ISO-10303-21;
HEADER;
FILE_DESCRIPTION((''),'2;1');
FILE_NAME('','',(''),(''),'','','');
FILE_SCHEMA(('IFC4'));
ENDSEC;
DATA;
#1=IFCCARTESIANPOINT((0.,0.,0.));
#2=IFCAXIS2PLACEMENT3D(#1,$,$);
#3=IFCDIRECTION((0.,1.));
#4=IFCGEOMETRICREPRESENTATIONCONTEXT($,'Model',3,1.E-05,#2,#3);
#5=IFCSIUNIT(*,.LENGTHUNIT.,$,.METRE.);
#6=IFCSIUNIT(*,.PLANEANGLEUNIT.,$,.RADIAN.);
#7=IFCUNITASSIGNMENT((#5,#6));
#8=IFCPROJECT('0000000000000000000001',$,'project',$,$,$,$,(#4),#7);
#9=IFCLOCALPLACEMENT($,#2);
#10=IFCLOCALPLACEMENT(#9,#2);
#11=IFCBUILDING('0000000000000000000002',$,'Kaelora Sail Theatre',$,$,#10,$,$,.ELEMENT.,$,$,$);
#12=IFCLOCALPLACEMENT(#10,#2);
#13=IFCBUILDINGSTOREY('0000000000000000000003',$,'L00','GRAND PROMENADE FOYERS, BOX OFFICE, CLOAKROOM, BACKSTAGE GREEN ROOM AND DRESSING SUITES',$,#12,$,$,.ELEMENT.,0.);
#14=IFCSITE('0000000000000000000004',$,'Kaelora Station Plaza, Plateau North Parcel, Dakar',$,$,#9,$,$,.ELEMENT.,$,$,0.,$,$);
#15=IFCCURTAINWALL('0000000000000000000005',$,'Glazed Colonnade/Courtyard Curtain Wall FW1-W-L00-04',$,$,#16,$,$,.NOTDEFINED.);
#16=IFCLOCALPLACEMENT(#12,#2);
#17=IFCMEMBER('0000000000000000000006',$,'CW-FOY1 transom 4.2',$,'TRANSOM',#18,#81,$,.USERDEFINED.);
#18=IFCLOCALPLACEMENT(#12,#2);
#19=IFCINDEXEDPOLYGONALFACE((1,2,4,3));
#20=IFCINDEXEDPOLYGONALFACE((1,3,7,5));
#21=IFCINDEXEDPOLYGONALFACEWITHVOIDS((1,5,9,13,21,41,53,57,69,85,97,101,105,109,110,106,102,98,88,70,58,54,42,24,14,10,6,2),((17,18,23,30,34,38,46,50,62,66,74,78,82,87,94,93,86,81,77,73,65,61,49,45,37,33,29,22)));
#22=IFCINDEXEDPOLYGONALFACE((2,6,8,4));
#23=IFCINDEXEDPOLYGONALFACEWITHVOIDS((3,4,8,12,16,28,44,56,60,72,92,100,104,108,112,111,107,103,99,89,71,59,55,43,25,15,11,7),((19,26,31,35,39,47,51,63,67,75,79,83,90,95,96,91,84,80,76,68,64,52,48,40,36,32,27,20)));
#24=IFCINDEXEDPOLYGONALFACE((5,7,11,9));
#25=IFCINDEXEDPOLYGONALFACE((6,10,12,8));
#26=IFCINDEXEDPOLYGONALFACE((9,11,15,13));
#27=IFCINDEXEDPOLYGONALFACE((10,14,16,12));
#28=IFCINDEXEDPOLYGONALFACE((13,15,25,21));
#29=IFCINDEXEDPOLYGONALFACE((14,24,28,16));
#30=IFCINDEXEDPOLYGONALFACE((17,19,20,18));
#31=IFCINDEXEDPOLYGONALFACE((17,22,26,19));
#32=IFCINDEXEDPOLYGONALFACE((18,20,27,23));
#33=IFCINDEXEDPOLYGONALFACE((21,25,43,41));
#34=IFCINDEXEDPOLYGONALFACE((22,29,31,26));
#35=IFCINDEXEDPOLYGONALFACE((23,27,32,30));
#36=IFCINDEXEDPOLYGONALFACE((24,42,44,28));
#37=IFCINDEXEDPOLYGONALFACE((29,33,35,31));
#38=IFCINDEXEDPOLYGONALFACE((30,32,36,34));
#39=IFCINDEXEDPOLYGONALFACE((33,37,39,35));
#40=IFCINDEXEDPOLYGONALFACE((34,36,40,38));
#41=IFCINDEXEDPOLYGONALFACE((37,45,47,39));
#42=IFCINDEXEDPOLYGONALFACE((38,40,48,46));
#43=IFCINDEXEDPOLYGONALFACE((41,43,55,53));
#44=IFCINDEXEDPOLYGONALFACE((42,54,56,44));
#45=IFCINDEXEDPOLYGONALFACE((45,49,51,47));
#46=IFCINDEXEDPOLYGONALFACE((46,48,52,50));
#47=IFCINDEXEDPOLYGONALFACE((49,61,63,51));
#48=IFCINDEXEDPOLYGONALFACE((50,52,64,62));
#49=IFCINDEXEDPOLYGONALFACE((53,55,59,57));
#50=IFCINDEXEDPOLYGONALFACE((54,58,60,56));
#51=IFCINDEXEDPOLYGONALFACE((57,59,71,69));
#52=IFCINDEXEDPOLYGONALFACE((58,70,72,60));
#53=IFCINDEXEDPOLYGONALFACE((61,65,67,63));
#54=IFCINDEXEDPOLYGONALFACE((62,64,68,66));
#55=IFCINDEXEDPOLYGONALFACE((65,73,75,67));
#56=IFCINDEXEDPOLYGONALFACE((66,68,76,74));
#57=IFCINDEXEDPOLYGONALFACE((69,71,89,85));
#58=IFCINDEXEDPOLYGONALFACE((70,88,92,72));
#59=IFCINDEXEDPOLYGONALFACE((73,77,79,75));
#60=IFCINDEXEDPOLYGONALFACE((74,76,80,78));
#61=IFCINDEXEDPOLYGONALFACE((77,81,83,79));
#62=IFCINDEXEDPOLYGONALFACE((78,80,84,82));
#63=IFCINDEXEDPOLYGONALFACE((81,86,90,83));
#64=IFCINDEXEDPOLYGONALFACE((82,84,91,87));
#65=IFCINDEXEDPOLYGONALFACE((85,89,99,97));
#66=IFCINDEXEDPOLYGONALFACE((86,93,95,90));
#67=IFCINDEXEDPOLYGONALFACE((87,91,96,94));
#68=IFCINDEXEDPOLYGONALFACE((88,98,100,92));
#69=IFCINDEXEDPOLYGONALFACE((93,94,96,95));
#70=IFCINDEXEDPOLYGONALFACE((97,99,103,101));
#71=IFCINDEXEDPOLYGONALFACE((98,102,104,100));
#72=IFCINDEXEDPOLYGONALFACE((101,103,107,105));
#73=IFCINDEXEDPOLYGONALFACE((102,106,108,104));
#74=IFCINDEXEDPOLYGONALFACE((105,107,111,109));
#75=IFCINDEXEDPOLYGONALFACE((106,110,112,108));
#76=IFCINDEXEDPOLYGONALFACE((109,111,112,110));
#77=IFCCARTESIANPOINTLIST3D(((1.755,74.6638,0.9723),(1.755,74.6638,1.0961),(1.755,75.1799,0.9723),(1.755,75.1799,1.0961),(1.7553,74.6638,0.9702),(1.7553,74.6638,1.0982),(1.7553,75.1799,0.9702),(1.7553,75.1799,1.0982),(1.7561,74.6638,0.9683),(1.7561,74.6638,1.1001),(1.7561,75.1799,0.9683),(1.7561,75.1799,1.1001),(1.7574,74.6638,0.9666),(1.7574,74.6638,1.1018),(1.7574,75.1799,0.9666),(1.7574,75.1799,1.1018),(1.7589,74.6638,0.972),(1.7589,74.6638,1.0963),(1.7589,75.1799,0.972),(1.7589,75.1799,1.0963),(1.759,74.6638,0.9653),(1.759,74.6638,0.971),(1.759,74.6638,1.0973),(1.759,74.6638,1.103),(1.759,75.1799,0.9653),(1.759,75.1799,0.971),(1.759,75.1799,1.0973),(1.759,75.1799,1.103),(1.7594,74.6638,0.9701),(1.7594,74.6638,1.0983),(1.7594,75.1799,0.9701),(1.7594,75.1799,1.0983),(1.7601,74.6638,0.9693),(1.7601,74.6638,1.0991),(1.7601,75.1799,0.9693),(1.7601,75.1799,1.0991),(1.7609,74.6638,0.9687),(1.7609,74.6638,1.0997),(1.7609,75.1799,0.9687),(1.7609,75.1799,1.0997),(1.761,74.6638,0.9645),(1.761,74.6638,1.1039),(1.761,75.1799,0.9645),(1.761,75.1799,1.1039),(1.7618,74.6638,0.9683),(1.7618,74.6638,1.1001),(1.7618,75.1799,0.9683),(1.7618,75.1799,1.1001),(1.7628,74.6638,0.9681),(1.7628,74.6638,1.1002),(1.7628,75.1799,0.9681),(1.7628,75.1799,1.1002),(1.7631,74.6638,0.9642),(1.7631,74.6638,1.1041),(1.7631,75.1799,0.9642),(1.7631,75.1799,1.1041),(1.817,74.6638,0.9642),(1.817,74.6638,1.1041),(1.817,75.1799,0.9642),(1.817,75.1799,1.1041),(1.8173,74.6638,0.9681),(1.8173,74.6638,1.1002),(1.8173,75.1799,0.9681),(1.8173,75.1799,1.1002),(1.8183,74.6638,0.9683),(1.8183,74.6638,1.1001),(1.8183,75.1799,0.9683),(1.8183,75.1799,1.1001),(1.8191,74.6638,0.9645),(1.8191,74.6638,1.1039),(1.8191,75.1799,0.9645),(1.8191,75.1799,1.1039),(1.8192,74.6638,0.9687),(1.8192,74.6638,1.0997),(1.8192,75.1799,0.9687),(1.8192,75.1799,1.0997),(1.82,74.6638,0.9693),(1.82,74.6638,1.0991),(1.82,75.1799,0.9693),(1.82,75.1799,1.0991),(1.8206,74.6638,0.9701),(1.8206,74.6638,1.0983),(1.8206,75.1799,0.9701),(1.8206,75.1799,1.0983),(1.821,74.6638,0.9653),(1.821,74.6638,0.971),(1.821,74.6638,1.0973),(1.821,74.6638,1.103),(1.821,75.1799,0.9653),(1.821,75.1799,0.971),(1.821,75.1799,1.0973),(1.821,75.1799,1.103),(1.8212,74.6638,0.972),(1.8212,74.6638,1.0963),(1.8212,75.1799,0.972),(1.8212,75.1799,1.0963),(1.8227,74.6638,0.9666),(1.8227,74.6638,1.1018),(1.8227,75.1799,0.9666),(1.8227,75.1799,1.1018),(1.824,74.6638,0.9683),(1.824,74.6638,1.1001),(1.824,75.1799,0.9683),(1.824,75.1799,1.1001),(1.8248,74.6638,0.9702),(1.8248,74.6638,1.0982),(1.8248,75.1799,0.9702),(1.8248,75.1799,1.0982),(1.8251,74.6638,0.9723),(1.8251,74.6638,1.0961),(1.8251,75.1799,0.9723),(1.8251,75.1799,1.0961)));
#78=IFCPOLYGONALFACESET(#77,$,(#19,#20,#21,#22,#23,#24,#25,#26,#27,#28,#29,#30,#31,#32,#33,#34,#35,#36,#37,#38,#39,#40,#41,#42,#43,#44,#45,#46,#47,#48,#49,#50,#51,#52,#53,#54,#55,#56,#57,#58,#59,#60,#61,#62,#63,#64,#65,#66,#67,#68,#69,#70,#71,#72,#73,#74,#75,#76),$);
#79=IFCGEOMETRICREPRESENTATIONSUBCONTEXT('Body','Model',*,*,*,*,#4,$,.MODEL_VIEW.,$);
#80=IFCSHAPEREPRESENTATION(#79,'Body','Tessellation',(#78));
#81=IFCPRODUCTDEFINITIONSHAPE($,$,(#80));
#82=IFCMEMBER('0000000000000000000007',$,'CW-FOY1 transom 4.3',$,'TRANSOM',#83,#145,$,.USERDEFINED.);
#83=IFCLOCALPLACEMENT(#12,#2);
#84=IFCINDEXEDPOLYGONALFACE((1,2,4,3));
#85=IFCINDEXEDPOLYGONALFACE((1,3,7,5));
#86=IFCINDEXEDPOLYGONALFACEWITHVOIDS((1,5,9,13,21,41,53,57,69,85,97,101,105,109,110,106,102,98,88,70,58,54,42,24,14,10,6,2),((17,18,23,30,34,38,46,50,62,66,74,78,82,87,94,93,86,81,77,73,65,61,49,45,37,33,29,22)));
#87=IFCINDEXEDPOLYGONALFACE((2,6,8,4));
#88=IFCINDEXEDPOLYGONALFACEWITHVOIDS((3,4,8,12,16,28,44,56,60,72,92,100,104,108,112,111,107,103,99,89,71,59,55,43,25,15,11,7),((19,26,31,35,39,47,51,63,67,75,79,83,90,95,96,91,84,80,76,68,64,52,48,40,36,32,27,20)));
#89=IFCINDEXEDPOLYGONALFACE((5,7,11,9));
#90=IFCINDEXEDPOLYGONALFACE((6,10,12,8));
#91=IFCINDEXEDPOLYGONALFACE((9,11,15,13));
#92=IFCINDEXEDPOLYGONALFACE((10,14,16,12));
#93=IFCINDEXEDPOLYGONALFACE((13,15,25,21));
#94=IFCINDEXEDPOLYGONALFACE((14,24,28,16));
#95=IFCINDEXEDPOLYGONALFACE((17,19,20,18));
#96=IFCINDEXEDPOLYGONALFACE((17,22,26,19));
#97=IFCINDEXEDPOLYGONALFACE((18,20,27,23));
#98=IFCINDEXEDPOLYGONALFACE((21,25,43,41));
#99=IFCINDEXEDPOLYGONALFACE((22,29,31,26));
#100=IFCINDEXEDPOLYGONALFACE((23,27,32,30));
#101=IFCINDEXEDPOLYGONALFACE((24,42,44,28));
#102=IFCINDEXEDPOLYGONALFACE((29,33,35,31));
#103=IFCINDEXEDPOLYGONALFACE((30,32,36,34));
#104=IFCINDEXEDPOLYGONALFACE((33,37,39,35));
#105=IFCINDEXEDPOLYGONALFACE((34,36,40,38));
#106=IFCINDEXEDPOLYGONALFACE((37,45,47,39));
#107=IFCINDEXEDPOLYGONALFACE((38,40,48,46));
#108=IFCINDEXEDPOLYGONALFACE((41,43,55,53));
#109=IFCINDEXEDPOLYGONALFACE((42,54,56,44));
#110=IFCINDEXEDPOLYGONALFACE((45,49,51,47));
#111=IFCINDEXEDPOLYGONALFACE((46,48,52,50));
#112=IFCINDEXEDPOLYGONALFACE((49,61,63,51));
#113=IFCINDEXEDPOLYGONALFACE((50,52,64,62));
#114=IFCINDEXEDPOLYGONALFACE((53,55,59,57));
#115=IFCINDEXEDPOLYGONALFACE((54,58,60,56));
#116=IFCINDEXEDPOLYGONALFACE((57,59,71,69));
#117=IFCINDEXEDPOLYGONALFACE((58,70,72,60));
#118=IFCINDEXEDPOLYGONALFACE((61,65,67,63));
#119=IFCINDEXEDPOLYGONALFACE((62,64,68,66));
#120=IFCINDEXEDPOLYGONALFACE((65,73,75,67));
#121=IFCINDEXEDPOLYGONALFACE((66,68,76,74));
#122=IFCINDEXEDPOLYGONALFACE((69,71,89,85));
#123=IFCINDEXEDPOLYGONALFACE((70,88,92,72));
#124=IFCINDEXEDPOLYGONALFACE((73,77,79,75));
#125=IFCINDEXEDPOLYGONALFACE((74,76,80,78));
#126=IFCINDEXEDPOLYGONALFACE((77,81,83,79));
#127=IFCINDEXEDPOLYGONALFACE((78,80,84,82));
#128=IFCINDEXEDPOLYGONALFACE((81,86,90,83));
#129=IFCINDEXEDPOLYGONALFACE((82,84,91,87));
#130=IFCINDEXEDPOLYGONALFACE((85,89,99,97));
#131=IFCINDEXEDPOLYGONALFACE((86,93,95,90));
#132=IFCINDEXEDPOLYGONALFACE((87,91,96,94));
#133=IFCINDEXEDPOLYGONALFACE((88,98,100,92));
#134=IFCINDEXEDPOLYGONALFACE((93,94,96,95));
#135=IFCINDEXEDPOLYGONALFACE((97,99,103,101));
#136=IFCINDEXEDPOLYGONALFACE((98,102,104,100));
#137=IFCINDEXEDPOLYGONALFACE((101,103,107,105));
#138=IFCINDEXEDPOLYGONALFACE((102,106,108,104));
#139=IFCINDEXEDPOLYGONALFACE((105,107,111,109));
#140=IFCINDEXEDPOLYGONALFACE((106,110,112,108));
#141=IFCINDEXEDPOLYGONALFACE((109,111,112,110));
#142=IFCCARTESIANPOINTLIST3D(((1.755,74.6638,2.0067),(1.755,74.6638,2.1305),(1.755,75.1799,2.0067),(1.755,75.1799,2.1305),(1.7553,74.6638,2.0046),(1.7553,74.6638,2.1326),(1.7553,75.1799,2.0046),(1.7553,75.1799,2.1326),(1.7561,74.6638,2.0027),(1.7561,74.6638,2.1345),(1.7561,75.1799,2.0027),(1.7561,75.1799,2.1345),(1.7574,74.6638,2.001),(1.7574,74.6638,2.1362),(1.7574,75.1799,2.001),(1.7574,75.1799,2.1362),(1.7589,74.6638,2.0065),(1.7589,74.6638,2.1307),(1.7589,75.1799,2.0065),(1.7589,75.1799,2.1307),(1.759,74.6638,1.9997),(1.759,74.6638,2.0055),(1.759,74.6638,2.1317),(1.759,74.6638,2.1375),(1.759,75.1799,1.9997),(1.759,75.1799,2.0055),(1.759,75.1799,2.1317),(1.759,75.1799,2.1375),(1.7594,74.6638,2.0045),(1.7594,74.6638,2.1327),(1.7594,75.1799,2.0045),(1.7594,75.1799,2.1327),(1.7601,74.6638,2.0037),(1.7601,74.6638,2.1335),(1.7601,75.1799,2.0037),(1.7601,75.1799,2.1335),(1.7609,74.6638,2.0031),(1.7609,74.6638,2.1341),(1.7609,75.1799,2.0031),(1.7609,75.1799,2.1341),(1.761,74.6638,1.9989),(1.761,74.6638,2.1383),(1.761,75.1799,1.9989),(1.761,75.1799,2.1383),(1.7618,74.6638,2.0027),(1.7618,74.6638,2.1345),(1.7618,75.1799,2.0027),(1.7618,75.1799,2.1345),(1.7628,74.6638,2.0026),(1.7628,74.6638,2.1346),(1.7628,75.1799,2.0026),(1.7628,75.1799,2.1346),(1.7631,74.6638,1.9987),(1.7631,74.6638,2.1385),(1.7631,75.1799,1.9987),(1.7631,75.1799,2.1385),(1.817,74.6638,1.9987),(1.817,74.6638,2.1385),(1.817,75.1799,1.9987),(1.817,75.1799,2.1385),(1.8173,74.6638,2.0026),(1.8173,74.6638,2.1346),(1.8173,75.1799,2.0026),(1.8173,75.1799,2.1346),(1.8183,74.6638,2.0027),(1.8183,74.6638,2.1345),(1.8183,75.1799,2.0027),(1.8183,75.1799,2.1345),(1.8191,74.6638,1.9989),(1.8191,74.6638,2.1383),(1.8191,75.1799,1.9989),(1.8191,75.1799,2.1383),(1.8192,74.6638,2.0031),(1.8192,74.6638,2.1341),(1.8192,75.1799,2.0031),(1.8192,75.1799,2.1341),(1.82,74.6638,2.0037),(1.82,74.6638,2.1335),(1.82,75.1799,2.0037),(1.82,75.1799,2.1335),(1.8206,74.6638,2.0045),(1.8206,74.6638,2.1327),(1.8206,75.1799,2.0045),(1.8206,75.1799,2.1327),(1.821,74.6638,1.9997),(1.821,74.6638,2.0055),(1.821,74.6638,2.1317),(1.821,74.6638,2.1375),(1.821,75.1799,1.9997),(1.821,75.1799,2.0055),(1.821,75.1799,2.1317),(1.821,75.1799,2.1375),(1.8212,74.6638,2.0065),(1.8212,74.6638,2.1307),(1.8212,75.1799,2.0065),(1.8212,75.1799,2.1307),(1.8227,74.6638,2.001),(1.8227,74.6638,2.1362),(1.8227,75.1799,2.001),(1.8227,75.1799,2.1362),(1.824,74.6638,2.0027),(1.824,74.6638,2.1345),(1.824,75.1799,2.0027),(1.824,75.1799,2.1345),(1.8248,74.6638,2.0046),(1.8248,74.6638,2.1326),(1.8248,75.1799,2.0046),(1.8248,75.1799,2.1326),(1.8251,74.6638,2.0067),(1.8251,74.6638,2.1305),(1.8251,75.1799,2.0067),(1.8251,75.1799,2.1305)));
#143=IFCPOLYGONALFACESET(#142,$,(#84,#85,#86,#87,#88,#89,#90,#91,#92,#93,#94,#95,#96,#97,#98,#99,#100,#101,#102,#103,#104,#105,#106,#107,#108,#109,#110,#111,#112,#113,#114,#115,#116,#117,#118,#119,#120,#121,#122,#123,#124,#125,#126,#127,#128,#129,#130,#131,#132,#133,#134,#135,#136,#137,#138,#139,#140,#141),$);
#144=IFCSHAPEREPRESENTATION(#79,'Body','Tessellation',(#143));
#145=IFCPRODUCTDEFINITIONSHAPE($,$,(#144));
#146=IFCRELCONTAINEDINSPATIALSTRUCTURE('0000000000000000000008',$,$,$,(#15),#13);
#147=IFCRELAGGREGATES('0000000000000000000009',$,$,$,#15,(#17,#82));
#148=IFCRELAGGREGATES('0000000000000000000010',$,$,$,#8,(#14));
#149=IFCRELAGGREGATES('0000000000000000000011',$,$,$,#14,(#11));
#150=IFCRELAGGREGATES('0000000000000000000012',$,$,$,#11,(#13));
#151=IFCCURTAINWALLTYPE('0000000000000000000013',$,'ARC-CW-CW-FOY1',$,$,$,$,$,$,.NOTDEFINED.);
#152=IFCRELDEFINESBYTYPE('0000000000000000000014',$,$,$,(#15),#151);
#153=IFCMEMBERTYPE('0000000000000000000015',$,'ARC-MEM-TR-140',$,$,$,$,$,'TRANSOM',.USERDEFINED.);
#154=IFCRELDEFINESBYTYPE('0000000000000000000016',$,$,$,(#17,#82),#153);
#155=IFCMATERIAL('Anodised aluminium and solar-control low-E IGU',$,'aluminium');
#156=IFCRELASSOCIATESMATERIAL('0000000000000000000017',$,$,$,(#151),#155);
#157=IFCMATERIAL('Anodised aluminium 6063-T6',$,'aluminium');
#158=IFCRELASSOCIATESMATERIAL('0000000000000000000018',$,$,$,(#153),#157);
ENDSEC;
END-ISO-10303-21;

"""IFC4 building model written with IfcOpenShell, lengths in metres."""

from ifc_helpers import new_model, si_unit, direction, frame, origin, origin_2d, place, context, subcontext, project, spatial, hollow_rectangle, extrude, material, material_profile, profile_set, type_object, element, aggregate, save


model = new_model("IFC4")

# Units and contexts
model_context = context("Model", 3, precision=1e-05, world=origin(), true_north=direction((0.0, 1.0)))
body_context = subcontext(model_context, "Body", "Model", "MODEL_VIEW")
ifc_project = project(units=[si_unit("LENGTHUNIT", "METRE"), si_unit("PLANEANGLEUNIT", "RADIAN")], contexts=[model_context])

# Site, building, storey
site_placement = place(None, origin())
site = spatial("IfcSite", under=ifc_project, at=site_placement, Name="Kaelora Station Plaza, Plateau North Parcel, Dakar", CompositionType="ELEMENT", RefElevation=0.0)
building_placement = place(site_placement, origin())
building = spatial("IfcBuilding", under=site, at=building_placement, Name="Kaelora Sail Theatre", CompositionType="ELEMENT")
storey_placement = place(building_placement, origin())
storey = spatial("IfcBuildingStorey", under=building, at=storey_placement, Name="L00", Description="GRAND PROMENADE FOYERS, BOX OFFICE, CLOAKROOM, BACKSTAGE GREEN ROOM AND DRESSING SUITES", CompositionType="ELEMENT", Elevation=0.0)

# Curtain wall
ifc_material_1 = material(Name="Anodised aluminium and solar-control low-E IGU", Category="aluminium")
curtain_wall_type = type_object("IfcCurtainWallType", Name="ARC-CW-CW-FOY1", PredefinedType="NOTDEFINED", material=ifc_material_1)
curtain_wall_1_placement = place(storey_placement, origin())
curtain_wall_1 = element("IfcCurtainWall", 1, at=curtain_wall_1_placement, inside=storey, type_object=curtain_wall_type, Name="Glazed Colonnade/Courtyard Curtain Wall FW1-W-L00-04", PredefinedType="NOTDEFINED")

# Members
ifc_material_2 = material(Name="Anodised aluminium 6063-T6", Category="aluminium")
ifc_material_profile_1 = material_profile(ifc_material_2, hollow_rectangle(XDim=0.0701, YDim=0.1399, WallThickness=0.0039, InnerFilletRadius=0.0039, OuterFilletRadius=0.0081, at=origin_2d()), Name="ALU-TRAN 70x140x4")
ifc_profile_set_1 = profile_set([ifc_material_profile_1], Name="Anodised aluminium 6063-T6")
member_type_1 = type_object("IfcMemberType", Name="ARC-MEM-TR-140", ElementType="TRANSOM", PredefinedType="USERDEFINED", material=ifc_profile_set_1)
member_1_placement = place(storey_placement, frame((1.79, 74.6638, 1.0342), z_axis=(0.0, 1.0, 0.0), x_axis=(-1.0, 0.0, 0.0)))
member_1 = element("IfcMember", 2, at=member_1_placement, type_object=member_type_1, Name="CW-FOY1 transom 4.2", ObjectType="TRANSOM", PredefinedType="USERDEFINED", context=body_context, shape_type="SweptSolid", body=[
    extrude(hollow_rectangle(XDim=0.0701, YDim=0.1399, WallThickness=0.0039, InnerFilletRadius=0.0039, OuterFilletRadius=0.0081, at=origin_2d()), origin(), (0.0, 0.0, 1.0), 0.5161),
])
member_2_placement = place(storey_placement, frame((1.79, 74.6638, 2.0686), z_axis=(0.0, 1.0, 0.0), x_axis=(-1.0, 0.0, 0.0)))
member_2 = element("IfcMember", 3, at=member_2_placement, type_object=member_type_1, Name="CW-FOY1 transom 4.3", ObjectType="TRANSOM", PredefinedType="USERDEFINED", context=body_context, shape_type="SweptSolid", body=[
    extrude(hollow_rectangle(XDim=0.0701, YDim=0.1399, WallThickness=0.0039, InnerFilletRadius=0.0039, OuterFilletRadius=0.0081, at=origin_2d()), origin(), (0.0, 0.0, 1.0), 0.5161),
])

aggregate(curtain_wall_1, [member_1, member_2])

save(model, "model.ifc")
